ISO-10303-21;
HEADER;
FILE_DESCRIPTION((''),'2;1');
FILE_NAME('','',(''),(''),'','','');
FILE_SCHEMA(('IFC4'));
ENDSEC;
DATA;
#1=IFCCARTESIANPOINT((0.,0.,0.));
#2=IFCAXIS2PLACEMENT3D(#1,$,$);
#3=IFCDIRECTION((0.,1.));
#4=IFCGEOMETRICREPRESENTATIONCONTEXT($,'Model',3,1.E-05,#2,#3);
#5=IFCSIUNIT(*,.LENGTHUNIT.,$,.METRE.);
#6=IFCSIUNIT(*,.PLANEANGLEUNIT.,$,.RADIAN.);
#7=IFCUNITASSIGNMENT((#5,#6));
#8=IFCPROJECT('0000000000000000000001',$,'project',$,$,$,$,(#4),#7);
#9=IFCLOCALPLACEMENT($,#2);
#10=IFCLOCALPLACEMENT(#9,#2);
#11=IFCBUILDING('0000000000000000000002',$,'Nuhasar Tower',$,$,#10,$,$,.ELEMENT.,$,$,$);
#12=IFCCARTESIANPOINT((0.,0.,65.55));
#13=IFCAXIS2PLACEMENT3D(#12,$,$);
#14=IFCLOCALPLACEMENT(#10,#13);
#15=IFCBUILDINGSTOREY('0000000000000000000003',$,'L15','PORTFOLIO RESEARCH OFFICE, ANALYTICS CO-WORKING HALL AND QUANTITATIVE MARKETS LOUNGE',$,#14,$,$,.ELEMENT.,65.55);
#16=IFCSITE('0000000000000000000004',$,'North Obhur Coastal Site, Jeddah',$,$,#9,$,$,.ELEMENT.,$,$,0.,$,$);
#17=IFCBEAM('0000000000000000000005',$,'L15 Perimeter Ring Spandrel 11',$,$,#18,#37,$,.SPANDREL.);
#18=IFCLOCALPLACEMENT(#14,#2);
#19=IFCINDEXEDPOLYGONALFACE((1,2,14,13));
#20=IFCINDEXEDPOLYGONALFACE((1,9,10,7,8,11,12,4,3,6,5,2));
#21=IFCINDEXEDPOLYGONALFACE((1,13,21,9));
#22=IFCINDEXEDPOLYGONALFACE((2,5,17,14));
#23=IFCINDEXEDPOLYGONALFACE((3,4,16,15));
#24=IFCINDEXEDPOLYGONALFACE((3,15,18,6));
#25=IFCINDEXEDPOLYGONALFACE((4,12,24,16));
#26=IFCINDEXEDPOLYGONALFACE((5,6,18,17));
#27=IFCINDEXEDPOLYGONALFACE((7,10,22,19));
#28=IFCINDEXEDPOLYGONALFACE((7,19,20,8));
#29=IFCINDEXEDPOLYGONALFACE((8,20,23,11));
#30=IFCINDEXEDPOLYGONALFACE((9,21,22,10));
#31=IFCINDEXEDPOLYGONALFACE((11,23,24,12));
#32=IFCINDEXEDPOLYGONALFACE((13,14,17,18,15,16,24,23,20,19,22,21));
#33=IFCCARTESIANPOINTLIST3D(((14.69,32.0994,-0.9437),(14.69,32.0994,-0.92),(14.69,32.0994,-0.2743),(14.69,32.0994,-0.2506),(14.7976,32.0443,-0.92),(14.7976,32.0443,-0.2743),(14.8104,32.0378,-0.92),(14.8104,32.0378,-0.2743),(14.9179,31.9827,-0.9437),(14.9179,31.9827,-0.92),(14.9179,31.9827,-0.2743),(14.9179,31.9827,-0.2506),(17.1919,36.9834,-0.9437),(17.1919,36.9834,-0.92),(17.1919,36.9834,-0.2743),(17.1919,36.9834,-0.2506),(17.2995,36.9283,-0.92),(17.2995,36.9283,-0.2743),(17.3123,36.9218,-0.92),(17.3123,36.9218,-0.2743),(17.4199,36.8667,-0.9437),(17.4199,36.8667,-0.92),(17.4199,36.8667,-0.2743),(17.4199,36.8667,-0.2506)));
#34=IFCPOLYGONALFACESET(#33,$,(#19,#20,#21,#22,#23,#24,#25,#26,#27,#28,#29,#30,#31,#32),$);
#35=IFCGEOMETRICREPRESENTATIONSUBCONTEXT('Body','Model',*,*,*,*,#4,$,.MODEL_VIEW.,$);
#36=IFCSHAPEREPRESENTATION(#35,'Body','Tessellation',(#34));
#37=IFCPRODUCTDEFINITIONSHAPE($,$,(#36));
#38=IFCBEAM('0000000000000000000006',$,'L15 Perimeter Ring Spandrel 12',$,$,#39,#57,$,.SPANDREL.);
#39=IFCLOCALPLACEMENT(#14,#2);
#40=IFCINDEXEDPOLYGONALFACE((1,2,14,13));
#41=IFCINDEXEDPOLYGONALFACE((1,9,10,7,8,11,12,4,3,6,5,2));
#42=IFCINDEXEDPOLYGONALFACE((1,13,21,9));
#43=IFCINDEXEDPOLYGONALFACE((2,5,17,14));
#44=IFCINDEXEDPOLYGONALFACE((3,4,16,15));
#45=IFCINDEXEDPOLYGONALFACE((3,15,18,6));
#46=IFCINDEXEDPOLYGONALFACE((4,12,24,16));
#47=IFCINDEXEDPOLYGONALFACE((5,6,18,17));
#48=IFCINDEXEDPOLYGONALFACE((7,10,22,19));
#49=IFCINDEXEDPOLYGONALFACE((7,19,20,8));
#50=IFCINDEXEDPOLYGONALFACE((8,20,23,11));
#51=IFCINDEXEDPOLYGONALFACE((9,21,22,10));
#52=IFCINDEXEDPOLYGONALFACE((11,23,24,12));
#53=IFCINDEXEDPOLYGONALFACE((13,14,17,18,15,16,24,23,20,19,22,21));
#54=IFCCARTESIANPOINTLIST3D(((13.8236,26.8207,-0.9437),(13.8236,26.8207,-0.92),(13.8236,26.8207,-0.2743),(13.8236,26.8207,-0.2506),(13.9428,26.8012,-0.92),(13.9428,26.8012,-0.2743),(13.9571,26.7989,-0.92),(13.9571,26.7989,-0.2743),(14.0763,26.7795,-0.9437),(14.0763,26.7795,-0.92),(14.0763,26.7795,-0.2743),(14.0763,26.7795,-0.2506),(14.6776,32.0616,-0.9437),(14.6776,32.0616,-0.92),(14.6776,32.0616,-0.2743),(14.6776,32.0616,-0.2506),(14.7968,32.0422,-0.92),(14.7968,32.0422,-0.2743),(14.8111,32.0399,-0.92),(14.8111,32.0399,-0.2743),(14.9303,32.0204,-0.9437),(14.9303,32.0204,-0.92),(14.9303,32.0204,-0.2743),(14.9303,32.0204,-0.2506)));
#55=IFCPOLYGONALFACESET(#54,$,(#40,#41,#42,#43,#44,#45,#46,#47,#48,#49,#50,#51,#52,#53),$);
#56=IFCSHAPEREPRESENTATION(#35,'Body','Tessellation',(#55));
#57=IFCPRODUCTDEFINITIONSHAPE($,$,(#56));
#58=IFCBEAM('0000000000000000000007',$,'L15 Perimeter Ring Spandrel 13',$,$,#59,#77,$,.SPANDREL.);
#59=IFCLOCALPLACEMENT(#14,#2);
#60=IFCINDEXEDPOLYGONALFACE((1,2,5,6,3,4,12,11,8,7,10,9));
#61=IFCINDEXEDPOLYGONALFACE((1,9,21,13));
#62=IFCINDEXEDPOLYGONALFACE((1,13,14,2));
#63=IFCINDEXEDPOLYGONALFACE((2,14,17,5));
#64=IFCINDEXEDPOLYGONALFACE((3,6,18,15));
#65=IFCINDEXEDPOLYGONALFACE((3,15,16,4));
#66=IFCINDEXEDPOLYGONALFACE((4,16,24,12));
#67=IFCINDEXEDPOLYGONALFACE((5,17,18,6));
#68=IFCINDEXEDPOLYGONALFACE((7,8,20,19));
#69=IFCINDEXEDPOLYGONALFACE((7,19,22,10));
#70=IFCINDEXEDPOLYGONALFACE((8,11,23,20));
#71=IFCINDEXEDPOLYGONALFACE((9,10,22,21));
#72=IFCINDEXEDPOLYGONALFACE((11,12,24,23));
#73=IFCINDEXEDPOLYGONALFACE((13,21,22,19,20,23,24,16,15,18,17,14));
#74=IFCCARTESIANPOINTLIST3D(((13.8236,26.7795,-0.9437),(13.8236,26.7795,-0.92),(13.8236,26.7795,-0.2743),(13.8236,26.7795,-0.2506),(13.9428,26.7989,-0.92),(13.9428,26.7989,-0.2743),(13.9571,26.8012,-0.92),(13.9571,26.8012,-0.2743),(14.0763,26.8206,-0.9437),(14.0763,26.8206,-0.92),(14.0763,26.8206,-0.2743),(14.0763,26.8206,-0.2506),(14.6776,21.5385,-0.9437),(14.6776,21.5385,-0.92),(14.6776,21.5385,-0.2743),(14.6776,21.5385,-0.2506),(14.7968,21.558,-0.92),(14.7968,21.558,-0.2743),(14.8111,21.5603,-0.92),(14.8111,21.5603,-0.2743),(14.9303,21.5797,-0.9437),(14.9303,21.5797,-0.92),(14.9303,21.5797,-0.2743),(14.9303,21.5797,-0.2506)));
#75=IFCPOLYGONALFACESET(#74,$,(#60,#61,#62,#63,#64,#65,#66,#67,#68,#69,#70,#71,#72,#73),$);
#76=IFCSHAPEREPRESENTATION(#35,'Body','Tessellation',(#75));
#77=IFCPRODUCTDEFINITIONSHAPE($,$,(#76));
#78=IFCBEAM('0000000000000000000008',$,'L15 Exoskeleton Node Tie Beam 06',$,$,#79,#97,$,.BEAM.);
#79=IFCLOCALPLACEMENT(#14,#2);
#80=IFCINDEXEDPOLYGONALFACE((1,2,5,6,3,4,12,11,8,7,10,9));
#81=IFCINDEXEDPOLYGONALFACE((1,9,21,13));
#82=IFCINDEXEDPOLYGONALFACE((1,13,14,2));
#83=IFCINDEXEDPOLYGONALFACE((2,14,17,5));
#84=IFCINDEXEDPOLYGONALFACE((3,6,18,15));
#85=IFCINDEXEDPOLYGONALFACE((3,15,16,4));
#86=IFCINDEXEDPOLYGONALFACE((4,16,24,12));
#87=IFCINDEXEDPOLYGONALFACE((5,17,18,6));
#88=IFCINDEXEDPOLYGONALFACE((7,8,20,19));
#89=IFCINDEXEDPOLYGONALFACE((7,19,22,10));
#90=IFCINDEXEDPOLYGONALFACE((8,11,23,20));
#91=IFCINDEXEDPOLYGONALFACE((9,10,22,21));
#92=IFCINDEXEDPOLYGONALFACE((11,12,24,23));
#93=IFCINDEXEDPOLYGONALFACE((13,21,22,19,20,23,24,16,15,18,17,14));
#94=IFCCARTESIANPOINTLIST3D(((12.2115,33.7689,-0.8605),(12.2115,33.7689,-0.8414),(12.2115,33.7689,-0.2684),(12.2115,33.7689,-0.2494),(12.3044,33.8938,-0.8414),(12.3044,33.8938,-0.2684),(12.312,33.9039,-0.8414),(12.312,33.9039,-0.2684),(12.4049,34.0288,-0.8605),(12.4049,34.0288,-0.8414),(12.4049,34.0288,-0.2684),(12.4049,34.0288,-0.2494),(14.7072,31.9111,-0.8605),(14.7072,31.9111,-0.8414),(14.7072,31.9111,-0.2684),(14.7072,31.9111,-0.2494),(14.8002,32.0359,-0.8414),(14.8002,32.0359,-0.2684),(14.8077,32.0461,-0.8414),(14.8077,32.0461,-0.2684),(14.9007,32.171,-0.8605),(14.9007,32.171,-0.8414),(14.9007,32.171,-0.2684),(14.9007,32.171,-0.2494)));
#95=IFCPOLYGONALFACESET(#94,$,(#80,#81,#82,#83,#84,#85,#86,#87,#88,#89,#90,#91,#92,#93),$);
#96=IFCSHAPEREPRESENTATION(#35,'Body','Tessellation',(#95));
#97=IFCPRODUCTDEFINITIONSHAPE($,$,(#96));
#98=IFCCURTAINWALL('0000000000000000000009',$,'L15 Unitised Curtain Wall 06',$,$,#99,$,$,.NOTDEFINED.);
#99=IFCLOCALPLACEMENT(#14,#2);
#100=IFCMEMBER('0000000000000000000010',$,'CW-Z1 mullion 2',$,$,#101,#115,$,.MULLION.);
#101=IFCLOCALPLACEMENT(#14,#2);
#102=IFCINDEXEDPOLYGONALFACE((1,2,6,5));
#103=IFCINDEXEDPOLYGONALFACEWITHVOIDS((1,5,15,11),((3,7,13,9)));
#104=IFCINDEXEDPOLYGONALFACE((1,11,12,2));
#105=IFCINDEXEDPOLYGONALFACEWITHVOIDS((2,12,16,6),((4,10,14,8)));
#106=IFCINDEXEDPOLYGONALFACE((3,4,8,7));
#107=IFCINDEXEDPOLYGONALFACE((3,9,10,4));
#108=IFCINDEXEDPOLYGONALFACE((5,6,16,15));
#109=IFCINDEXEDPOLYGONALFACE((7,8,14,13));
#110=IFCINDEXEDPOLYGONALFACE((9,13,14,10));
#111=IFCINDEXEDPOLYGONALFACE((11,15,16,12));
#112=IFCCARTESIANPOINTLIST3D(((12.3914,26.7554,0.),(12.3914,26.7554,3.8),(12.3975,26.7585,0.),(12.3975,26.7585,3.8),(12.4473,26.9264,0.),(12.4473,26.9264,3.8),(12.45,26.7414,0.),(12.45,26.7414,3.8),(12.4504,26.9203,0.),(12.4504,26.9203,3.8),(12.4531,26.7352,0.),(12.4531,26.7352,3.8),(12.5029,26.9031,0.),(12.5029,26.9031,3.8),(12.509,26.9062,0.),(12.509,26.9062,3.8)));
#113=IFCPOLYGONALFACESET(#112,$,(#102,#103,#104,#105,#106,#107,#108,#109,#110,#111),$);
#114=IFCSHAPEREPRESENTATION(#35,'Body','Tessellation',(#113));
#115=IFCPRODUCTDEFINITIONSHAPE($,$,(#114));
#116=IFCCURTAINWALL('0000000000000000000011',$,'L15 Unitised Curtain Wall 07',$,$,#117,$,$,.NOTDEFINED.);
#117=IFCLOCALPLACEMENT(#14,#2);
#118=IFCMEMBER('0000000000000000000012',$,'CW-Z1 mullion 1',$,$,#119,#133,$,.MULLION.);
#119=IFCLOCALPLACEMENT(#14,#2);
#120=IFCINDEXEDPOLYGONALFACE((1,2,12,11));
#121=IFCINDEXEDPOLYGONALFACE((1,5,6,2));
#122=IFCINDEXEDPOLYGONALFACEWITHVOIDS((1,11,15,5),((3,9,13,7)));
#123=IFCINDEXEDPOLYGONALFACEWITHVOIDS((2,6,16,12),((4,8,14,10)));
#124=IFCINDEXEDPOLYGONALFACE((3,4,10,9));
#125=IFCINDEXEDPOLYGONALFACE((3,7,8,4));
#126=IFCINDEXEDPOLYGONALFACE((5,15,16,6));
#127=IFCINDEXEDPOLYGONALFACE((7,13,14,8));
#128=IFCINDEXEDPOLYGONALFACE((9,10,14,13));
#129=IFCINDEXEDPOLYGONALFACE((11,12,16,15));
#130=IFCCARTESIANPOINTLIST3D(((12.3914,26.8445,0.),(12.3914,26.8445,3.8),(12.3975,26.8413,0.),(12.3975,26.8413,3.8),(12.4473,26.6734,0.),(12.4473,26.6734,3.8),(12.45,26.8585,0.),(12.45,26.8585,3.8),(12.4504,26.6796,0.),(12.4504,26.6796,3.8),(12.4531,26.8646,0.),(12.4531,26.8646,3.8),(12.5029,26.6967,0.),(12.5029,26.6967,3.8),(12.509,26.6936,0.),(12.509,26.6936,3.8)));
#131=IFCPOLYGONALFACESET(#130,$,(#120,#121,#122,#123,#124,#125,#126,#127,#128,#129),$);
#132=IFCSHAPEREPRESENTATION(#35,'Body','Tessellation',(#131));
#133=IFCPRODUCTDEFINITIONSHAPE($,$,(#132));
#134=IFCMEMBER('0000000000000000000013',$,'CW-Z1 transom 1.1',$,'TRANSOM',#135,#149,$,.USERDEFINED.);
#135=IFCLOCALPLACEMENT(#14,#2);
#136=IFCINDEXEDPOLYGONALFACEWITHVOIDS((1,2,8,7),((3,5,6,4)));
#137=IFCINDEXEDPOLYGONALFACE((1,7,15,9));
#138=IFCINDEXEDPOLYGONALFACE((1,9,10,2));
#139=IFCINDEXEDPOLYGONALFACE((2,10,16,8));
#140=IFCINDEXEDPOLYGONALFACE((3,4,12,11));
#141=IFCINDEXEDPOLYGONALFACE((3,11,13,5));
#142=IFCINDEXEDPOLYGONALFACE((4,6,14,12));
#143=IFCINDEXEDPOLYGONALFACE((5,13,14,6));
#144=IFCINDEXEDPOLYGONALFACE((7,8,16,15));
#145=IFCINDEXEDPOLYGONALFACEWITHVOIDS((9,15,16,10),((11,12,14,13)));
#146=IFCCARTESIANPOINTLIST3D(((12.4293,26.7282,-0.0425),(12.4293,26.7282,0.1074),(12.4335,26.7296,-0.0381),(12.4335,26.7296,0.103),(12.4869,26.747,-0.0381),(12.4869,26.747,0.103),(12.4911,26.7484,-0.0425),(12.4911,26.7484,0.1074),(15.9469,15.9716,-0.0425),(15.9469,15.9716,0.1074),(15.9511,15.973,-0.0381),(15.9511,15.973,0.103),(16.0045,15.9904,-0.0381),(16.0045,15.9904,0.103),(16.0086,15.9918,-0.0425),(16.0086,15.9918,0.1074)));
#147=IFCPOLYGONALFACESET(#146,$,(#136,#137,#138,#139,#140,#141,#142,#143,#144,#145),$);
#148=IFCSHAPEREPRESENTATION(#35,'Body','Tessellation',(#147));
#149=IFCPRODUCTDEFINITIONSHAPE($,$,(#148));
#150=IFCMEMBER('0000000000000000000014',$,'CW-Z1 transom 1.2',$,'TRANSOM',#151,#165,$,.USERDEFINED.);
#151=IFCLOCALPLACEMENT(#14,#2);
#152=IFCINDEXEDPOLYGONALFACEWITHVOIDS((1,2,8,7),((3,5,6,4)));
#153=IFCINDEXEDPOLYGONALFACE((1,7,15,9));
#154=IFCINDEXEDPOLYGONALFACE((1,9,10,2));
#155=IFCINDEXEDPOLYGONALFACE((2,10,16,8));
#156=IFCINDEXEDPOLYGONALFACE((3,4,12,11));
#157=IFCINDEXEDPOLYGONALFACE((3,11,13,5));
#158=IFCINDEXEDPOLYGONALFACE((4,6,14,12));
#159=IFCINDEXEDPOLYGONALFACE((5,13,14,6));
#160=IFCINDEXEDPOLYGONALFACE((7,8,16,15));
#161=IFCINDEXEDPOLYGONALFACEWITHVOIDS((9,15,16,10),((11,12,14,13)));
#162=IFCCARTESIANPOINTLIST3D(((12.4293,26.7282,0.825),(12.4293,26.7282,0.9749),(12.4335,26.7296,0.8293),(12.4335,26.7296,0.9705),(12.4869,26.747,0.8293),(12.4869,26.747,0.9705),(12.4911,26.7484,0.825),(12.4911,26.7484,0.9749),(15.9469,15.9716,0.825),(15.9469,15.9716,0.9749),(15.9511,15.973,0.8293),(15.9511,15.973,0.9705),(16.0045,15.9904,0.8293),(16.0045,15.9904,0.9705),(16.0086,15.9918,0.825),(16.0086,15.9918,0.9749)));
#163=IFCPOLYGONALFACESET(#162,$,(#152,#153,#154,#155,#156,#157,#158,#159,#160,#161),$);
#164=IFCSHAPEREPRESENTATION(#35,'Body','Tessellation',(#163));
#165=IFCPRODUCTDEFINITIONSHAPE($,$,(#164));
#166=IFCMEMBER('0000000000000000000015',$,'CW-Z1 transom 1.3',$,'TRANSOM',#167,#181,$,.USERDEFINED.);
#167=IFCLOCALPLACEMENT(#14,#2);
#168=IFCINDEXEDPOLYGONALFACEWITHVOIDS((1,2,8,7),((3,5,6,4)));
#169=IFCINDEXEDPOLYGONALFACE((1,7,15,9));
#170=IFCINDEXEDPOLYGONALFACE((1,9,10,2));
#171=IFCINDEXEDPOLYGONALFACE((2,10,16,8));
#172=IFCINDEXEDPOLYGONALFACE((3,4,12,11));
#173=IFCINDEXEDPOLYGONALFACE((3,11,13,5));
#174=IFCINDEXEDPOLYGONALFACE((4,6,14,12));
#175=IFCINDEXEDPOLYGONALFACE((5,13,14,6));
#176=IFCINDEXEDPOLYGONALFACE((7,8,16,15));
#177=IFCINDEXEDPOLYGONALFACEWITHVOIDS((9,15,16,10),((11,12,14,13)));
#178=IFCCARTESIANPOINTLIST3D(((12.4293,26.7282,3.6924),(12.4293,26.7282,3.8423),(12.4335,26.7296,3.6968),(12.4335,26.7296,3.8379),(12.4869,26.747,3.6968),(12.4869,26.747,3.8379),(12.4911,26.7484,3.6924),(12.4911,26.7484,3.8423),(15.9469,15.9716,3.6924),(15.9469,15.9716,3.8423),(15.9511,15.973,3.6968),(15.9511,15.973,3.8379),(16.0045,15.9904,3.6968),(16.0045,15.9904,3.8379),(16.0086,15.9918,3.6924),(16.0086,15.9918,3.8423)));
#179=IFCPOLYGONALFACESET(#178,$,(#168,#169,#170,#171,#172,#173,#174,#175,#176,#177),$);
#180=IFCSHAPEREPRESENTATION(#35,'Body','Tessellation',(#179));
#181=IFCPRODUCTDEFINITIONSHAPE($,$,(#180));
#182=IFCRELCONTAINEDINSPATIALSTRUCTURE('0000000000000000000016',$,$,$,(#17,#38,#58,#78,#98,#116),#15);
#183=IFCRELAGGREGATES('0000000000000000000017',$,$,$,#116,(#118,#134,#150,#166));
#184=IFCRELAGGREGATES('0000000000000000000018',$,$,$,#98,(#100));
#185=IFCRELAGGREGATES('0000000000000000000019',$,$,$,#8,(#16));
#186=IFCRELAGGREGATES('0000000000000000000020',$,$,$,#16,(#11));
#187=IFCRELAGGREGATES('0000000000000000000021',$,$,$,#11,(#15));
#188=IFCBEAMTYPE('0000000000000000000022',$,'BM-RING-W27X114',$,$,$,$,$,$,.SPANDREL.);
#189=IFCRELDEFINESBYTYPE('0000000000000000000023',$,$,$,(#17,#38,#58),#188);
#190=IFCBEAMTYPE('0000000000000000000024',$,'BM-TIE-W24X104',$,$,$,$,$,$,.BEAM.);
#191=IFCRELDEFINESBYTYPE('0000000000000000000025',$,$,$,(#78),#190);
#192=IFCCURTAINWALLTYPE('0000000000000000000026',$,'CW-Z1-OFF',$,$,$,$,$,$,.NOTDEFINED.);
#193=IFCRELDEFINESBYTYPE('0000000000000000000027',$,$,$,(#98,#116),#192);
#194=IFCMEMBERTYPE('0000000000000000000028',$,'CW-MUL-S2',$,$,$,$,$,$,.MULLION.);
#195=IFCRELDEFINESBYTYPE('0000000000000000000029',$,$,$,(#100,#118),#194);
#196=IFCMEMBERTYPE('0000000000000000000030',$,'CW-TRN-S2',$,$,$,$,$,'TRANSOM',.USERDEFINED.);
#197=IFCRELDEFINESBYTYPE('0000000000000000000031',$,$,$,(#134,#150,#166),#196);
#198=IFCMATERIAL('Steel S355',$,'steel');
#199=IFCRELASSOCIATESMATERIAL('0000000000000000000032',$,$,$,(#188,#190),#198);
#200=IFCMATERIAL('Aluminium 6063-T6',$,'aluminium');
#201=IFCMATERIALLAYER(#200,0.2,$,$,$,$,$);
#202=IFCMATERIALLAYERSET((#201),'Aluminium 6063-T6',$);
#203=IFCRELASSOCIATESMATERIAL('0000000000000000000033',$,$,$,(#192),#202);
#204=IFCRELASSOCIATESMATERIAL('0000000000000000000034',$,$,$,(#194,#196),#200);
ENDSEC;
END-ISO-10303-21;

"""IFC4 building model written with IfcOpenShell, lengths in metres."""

from ifc_helpers import new_model, si_unit, direction, frame, origin, origin_2d, place, context, subcontext, project, spatial, hollow_rectangle, i_section, extrude, material, layer, layer_set, material_profile, profile_set, type_object, element, aggregate, save


model = new_model("IFC4")

# Units and contexts
model_context = context("Model", 3, precision=1e-05, world=origin(), true_north=direction((0.0, 1.0)))
body_context = subcontext(model_context, "Body", "Model", "MODEL_VIEW")
ifc_project = project(units=[si_unit("LENGTHUNIT", "METRE"), si_unit("PLANEANGLEUNIT", "RADIAN")], contexts=[model_context])

# Site, building, storey
site_placement = place(None, origin())
site = spatial("IfcSite", under=ifc_project, at=site_placement, Name="North Obhur Coastal Site, Jeddah", CompositionType="ELEMENT", RefElevation=0.0)
building_placement = place(site_placement, origin())
building = spatial("IfcBuilding", under=site, at=building_placement, Name="Nuhasar Tower", CompositionType="ELEMENT")
storey_placement = place(building_placement, frame((0.0, 0.0, 65.55)))
storey = spatial("IfcBuildingStorey", under=building, at=storey_placement, Name="L15", Description="PORTFOLIO RESEARCH OFFICE, ANALYTICS CO-WORKING HALL AND QUANTITATIVE MARKETS LOUNGE", CompositionType="ELEMENT", Elevation=65.55)

# Beams
ifc_material_1 = material(Name="Steel S355", Category="steel")
ifc_material_profile_1 = material_profile(ifc_material_1, i_section(OverallWidth=0.2561, OverallDepth=0.6931, WebThickness=0.0144, FlangeThickness=0.0237, at=origin_2d()), Name="W27X114")
ifc_profile_set_1 = profile_set([ifc_material_profile_1], Name="Steel S355")
beam_type_1 = type_object("IfcBeamType", Name="BM-RING-W27X114", PredefinedType="SPANDREL", material=ifc_profile_set_1)
beam_1_placement = place(storey_placement, frame((17.3059, 36.925, -0.5972), z_axis=(-0.45593, -0.890016, 0.0), x_axis=(0.890016, -0.45593, 0.0)))
element("IfcBeam", 1, at=beam_1_placement, inside=storey, type_object=beam_type_1, Name="L15 Perimeter Ring Spandrel 11", PredefinedType="SPANDREL", context=body_context, shape_type="SweptSolid", body=[
    extrude(i_section(OverallWidth=0.2561, OverallDepth=0.6931, WebThickness=0.0144, FlangeThickness=0.0237, at=origin_2d()), origin(), (0.0, 0.0, 1.0), 5.4875),
])
for number, where, z_axis, x_axis, name in (
    (2, (14.804, 32.041, -0.5972), (-0.160827, -0.986983, 0.0), (0.986983, -0.160827, 0.0), "L15 Perimeter Ring Spandrel 12"),
    (3, (13.95, 26.8, -0.5972), (0.160827, -0.986983, 0.0), (0.986983, 0.160827, 0.0), "L15 Perimeter Ring Spandrel 13"),
):
    element("IfcBeam", number, at=place(storey_placement, frame(where, z_axis=z_axis, x_axis=x_axis)), inside=storey, type_object=beam_type_1, Name=name, PredefinedType="SPANDREL", context=body_context, shape_type="SweptSolid", body=[
        extrude(i_section(OverallWidth=0.2561, OverallDepth=0.6931, WebThickness=0.0144, FlangeThickness=0.0237, at=origin_2d()), origin(), (0.0, 0.0, 1.0), 5.3101),
    ])
ifc_material_profile_2 = material_profile(ifc_material_1, i_section(OverallWidth=0.324, OverallDepth=0.6111, WebThickness=0.0127, FlangeThickness=0.019, at=origin_2d()), Name="W24X104")
ifc_profile_set_2 = profile_set([ifc_material_profile_2], Name="Steel S355")
beam_type_2 = type_object("IfcBeamType", Name="BM-TIE-W24X104", PredefinedType="BEAM", material=ifc_profile_set_2)
beam_2_placement = place(storey_placement, frame((14.804, 32.041, -0.5549), z_axis=(-0.802151, 0.597121, 0.0), x_axis=(-0.597121, -0.802151, 0.0)))
element("IfcBeam", 4, at=beam_2_placement, inside=storey, type_object=beam_type_2, Name="L15 Exoskeleton Node Tie Beam 06", PredefinedType="BEAM", context=body_context, shape_type="SweptSolid", body=[
    extrude(i_section(OverallWidth=0.324, OverallDepth=0.6111, WebThickness=0.0127, FlangeThickness=0.019, at=origin_2d()), origin(), (0.0, 0.0, 1.0), 3.1113),
])

# Curtain wall, member
ifc_material_2 = material(Name="Aluminium 6063-T6", Category="aluminium")
ifc_layer_1 = layer(ifc_material_2, 0.2)
ifc_layer_set_1 = layer_set([ifc_layer_1], Name="Aluminium 6063-T6")
curtain_wall_type = type_object("IfcCurtainWallType", Name="CW-Z1-OFF", PredefinedType="NOTDEFINED", material=ifc_layer_set_1)
curtain_wall_1_placement = place(storey_placement, origin())
curtain_wall_1 = element("IfcCurtainWall", 5, at=curtain_wall_1_placement, inside=storey, type_object=curtain_wall_type, Name="L15 Unitised Curtain Wall 06", PredefinedType="NOTDEFINED")
ifc_material_profile_3 = material_profile(ifc_material_2, hollow_rectangle(XDim=0.0649, YDim=0.1799, WallThickness=0.0049, at=origin_2d()), Name="CWM-2")
ifc_profile_set_3 = profile_set([ifc_material_profile_3], Name="Aluminium 6063-T6")
member_type_1 = type_object("IfcMemberType", Name="CW-MUL-S2", PredefinedType="MULLION", material=ifc_profile_set_3)
member_1_placement = place(storey_placement, frame((12.4502, 26.8308, 0.0), z_axis=(0.0, 0.0, 1.0), x_axis=(0.950468, -0.310824, 0.0)))
member_1 = element("IfcMember", 6, at=member_1_placement, type_object=member_type_1, Name="CW-Z1 mullion 2", PredefinedType="MULLION", context=body_context, shape_type="SweptSolid", body=[
    extrude(hollow_rectangle(XDim=0.0649, YDim=0.1799, WallThickness=0.0049, at=origin_2d()), origin(), (0.0, 0.0, 1.0), 3.8),
])

# Curtain wall, members
curtain_wall_2_placement = place(storey_placement, origin())
curtain_wall_2 = element("IfcCurtainWall", 7, at=curtain_wall_2_placement, inside=storey, type_object=curtain_wall_type, Name="L15 Unitised Curtain Wall 07", PredefinedType="NOTDEFINED")
member_2_placement = place(storey_placement, frame((12.4502, 26.769, 0.0), z_axis=(0.0, 0.0, 1.0), x_axis=(0.950468, 0.310824, 0.0)))
member_2 = element("IfcMember", 8, at=member_2_placement, type_object=member_type_1, Name="CW-Z1 mullion 1", PredefinedType="MULLION", context=body_context, shape_type="SweptSolid", body=[
    extrude(hollow_rectangle(XDim=0.0649, YDim=0.1799, WallThickness=0.0049, at=origin_2d()), origin(), (0.0, 0.0, 1.0), 3.8),
])
ifc_material_profile_4 = material_profile(ifc_material_2, hollow_rectangle(XDim=0.0649, YDim=0.1499, WallThickness=0.0044, at=origin_2d()), Name="CWT-2")
ifc_profile_set_4 = profile_set([ifc_material_profile_4], Name="Aluminium 6063-T6")
member_type_2 = type_object("IfcMemberType", Name="CW-TRN-S2", ElementType="TRANSOM", PredefinedType="USERDEFINED", material=ifc_profile_set_4)
member_3_placement = place(storey_placement, frame((12.4602, 26.7383, 0.0325), z_axis=(0.310819, -0.950469, 0.0), x_axis=(0.950469, 0.310819, 0.0)))
member_3 = element("IfcMember", 9, at=member_3_placement, type_object=member_type_2, Name="CW-Z1 transom 1.1", ObjectType="TRANSOM", PredefinedType="USERDEFINED", context=body_context, shape_type="SweptSolid", body=[
    extrude(hollow_rectangle(XDim=0.0649, YDim=0.1499, WallThickness=0.0044, at=origin_2d()), origin(), (0.0, 0.0, 1.0), 11.3171),
])
member_4_placement = place(storey_placement, frame((12.4602, 26.7383, 0.8999), z_axis=(0.310819, -0.950469, 0.0), x_axis=(0.950469, 0.310819, 0.0)))
member_4 = element("IfcMember", 10, at=member_4_placement, type_object=member_type_2, Name="CW-Z1 transom 1.2", ObjectType="TRANSOM", PredefinedType="USERDEFINED", context=body_context, shape_type="SweptSolid", body=[
    extrude(hollow_rectangle(XDim=0.0649, YDim=0.1499, WallThickness=0.0044, at=origin_2d()), origin(), (0.0, 0.0, 1.0), 11.3171),
])
member_5_placement = place(storey_placement, frame((12.4602, 26.7383, 3.7673), z_axis=(0.310819, -0.950469, 0.0), x_axis=(0.950469, 0.310819, 0.0)))
member_5 = element("IfcMember", 11, at=member_5_placement, type_object=member_type_2, Name="CW-Z1 transom 1.3", ObjectType="TRANSOM", PredefinedType="USERDEFINED", context=body_context, shape_type="SweptSolid", body=[
    extrude(hollow_rectangle(XDim=0.0649, YDim=0.1499, WallThickness=0.0044, at=origin_2d()), origin(), (0.0, 0.0, 1.0), 11.3171),
])
aggregate(curtain_wall_2, [member_2, member_3, member_4, member_5])

aggregate(curtain_wall_1, [member_1])

save(model, "model.ifc")
